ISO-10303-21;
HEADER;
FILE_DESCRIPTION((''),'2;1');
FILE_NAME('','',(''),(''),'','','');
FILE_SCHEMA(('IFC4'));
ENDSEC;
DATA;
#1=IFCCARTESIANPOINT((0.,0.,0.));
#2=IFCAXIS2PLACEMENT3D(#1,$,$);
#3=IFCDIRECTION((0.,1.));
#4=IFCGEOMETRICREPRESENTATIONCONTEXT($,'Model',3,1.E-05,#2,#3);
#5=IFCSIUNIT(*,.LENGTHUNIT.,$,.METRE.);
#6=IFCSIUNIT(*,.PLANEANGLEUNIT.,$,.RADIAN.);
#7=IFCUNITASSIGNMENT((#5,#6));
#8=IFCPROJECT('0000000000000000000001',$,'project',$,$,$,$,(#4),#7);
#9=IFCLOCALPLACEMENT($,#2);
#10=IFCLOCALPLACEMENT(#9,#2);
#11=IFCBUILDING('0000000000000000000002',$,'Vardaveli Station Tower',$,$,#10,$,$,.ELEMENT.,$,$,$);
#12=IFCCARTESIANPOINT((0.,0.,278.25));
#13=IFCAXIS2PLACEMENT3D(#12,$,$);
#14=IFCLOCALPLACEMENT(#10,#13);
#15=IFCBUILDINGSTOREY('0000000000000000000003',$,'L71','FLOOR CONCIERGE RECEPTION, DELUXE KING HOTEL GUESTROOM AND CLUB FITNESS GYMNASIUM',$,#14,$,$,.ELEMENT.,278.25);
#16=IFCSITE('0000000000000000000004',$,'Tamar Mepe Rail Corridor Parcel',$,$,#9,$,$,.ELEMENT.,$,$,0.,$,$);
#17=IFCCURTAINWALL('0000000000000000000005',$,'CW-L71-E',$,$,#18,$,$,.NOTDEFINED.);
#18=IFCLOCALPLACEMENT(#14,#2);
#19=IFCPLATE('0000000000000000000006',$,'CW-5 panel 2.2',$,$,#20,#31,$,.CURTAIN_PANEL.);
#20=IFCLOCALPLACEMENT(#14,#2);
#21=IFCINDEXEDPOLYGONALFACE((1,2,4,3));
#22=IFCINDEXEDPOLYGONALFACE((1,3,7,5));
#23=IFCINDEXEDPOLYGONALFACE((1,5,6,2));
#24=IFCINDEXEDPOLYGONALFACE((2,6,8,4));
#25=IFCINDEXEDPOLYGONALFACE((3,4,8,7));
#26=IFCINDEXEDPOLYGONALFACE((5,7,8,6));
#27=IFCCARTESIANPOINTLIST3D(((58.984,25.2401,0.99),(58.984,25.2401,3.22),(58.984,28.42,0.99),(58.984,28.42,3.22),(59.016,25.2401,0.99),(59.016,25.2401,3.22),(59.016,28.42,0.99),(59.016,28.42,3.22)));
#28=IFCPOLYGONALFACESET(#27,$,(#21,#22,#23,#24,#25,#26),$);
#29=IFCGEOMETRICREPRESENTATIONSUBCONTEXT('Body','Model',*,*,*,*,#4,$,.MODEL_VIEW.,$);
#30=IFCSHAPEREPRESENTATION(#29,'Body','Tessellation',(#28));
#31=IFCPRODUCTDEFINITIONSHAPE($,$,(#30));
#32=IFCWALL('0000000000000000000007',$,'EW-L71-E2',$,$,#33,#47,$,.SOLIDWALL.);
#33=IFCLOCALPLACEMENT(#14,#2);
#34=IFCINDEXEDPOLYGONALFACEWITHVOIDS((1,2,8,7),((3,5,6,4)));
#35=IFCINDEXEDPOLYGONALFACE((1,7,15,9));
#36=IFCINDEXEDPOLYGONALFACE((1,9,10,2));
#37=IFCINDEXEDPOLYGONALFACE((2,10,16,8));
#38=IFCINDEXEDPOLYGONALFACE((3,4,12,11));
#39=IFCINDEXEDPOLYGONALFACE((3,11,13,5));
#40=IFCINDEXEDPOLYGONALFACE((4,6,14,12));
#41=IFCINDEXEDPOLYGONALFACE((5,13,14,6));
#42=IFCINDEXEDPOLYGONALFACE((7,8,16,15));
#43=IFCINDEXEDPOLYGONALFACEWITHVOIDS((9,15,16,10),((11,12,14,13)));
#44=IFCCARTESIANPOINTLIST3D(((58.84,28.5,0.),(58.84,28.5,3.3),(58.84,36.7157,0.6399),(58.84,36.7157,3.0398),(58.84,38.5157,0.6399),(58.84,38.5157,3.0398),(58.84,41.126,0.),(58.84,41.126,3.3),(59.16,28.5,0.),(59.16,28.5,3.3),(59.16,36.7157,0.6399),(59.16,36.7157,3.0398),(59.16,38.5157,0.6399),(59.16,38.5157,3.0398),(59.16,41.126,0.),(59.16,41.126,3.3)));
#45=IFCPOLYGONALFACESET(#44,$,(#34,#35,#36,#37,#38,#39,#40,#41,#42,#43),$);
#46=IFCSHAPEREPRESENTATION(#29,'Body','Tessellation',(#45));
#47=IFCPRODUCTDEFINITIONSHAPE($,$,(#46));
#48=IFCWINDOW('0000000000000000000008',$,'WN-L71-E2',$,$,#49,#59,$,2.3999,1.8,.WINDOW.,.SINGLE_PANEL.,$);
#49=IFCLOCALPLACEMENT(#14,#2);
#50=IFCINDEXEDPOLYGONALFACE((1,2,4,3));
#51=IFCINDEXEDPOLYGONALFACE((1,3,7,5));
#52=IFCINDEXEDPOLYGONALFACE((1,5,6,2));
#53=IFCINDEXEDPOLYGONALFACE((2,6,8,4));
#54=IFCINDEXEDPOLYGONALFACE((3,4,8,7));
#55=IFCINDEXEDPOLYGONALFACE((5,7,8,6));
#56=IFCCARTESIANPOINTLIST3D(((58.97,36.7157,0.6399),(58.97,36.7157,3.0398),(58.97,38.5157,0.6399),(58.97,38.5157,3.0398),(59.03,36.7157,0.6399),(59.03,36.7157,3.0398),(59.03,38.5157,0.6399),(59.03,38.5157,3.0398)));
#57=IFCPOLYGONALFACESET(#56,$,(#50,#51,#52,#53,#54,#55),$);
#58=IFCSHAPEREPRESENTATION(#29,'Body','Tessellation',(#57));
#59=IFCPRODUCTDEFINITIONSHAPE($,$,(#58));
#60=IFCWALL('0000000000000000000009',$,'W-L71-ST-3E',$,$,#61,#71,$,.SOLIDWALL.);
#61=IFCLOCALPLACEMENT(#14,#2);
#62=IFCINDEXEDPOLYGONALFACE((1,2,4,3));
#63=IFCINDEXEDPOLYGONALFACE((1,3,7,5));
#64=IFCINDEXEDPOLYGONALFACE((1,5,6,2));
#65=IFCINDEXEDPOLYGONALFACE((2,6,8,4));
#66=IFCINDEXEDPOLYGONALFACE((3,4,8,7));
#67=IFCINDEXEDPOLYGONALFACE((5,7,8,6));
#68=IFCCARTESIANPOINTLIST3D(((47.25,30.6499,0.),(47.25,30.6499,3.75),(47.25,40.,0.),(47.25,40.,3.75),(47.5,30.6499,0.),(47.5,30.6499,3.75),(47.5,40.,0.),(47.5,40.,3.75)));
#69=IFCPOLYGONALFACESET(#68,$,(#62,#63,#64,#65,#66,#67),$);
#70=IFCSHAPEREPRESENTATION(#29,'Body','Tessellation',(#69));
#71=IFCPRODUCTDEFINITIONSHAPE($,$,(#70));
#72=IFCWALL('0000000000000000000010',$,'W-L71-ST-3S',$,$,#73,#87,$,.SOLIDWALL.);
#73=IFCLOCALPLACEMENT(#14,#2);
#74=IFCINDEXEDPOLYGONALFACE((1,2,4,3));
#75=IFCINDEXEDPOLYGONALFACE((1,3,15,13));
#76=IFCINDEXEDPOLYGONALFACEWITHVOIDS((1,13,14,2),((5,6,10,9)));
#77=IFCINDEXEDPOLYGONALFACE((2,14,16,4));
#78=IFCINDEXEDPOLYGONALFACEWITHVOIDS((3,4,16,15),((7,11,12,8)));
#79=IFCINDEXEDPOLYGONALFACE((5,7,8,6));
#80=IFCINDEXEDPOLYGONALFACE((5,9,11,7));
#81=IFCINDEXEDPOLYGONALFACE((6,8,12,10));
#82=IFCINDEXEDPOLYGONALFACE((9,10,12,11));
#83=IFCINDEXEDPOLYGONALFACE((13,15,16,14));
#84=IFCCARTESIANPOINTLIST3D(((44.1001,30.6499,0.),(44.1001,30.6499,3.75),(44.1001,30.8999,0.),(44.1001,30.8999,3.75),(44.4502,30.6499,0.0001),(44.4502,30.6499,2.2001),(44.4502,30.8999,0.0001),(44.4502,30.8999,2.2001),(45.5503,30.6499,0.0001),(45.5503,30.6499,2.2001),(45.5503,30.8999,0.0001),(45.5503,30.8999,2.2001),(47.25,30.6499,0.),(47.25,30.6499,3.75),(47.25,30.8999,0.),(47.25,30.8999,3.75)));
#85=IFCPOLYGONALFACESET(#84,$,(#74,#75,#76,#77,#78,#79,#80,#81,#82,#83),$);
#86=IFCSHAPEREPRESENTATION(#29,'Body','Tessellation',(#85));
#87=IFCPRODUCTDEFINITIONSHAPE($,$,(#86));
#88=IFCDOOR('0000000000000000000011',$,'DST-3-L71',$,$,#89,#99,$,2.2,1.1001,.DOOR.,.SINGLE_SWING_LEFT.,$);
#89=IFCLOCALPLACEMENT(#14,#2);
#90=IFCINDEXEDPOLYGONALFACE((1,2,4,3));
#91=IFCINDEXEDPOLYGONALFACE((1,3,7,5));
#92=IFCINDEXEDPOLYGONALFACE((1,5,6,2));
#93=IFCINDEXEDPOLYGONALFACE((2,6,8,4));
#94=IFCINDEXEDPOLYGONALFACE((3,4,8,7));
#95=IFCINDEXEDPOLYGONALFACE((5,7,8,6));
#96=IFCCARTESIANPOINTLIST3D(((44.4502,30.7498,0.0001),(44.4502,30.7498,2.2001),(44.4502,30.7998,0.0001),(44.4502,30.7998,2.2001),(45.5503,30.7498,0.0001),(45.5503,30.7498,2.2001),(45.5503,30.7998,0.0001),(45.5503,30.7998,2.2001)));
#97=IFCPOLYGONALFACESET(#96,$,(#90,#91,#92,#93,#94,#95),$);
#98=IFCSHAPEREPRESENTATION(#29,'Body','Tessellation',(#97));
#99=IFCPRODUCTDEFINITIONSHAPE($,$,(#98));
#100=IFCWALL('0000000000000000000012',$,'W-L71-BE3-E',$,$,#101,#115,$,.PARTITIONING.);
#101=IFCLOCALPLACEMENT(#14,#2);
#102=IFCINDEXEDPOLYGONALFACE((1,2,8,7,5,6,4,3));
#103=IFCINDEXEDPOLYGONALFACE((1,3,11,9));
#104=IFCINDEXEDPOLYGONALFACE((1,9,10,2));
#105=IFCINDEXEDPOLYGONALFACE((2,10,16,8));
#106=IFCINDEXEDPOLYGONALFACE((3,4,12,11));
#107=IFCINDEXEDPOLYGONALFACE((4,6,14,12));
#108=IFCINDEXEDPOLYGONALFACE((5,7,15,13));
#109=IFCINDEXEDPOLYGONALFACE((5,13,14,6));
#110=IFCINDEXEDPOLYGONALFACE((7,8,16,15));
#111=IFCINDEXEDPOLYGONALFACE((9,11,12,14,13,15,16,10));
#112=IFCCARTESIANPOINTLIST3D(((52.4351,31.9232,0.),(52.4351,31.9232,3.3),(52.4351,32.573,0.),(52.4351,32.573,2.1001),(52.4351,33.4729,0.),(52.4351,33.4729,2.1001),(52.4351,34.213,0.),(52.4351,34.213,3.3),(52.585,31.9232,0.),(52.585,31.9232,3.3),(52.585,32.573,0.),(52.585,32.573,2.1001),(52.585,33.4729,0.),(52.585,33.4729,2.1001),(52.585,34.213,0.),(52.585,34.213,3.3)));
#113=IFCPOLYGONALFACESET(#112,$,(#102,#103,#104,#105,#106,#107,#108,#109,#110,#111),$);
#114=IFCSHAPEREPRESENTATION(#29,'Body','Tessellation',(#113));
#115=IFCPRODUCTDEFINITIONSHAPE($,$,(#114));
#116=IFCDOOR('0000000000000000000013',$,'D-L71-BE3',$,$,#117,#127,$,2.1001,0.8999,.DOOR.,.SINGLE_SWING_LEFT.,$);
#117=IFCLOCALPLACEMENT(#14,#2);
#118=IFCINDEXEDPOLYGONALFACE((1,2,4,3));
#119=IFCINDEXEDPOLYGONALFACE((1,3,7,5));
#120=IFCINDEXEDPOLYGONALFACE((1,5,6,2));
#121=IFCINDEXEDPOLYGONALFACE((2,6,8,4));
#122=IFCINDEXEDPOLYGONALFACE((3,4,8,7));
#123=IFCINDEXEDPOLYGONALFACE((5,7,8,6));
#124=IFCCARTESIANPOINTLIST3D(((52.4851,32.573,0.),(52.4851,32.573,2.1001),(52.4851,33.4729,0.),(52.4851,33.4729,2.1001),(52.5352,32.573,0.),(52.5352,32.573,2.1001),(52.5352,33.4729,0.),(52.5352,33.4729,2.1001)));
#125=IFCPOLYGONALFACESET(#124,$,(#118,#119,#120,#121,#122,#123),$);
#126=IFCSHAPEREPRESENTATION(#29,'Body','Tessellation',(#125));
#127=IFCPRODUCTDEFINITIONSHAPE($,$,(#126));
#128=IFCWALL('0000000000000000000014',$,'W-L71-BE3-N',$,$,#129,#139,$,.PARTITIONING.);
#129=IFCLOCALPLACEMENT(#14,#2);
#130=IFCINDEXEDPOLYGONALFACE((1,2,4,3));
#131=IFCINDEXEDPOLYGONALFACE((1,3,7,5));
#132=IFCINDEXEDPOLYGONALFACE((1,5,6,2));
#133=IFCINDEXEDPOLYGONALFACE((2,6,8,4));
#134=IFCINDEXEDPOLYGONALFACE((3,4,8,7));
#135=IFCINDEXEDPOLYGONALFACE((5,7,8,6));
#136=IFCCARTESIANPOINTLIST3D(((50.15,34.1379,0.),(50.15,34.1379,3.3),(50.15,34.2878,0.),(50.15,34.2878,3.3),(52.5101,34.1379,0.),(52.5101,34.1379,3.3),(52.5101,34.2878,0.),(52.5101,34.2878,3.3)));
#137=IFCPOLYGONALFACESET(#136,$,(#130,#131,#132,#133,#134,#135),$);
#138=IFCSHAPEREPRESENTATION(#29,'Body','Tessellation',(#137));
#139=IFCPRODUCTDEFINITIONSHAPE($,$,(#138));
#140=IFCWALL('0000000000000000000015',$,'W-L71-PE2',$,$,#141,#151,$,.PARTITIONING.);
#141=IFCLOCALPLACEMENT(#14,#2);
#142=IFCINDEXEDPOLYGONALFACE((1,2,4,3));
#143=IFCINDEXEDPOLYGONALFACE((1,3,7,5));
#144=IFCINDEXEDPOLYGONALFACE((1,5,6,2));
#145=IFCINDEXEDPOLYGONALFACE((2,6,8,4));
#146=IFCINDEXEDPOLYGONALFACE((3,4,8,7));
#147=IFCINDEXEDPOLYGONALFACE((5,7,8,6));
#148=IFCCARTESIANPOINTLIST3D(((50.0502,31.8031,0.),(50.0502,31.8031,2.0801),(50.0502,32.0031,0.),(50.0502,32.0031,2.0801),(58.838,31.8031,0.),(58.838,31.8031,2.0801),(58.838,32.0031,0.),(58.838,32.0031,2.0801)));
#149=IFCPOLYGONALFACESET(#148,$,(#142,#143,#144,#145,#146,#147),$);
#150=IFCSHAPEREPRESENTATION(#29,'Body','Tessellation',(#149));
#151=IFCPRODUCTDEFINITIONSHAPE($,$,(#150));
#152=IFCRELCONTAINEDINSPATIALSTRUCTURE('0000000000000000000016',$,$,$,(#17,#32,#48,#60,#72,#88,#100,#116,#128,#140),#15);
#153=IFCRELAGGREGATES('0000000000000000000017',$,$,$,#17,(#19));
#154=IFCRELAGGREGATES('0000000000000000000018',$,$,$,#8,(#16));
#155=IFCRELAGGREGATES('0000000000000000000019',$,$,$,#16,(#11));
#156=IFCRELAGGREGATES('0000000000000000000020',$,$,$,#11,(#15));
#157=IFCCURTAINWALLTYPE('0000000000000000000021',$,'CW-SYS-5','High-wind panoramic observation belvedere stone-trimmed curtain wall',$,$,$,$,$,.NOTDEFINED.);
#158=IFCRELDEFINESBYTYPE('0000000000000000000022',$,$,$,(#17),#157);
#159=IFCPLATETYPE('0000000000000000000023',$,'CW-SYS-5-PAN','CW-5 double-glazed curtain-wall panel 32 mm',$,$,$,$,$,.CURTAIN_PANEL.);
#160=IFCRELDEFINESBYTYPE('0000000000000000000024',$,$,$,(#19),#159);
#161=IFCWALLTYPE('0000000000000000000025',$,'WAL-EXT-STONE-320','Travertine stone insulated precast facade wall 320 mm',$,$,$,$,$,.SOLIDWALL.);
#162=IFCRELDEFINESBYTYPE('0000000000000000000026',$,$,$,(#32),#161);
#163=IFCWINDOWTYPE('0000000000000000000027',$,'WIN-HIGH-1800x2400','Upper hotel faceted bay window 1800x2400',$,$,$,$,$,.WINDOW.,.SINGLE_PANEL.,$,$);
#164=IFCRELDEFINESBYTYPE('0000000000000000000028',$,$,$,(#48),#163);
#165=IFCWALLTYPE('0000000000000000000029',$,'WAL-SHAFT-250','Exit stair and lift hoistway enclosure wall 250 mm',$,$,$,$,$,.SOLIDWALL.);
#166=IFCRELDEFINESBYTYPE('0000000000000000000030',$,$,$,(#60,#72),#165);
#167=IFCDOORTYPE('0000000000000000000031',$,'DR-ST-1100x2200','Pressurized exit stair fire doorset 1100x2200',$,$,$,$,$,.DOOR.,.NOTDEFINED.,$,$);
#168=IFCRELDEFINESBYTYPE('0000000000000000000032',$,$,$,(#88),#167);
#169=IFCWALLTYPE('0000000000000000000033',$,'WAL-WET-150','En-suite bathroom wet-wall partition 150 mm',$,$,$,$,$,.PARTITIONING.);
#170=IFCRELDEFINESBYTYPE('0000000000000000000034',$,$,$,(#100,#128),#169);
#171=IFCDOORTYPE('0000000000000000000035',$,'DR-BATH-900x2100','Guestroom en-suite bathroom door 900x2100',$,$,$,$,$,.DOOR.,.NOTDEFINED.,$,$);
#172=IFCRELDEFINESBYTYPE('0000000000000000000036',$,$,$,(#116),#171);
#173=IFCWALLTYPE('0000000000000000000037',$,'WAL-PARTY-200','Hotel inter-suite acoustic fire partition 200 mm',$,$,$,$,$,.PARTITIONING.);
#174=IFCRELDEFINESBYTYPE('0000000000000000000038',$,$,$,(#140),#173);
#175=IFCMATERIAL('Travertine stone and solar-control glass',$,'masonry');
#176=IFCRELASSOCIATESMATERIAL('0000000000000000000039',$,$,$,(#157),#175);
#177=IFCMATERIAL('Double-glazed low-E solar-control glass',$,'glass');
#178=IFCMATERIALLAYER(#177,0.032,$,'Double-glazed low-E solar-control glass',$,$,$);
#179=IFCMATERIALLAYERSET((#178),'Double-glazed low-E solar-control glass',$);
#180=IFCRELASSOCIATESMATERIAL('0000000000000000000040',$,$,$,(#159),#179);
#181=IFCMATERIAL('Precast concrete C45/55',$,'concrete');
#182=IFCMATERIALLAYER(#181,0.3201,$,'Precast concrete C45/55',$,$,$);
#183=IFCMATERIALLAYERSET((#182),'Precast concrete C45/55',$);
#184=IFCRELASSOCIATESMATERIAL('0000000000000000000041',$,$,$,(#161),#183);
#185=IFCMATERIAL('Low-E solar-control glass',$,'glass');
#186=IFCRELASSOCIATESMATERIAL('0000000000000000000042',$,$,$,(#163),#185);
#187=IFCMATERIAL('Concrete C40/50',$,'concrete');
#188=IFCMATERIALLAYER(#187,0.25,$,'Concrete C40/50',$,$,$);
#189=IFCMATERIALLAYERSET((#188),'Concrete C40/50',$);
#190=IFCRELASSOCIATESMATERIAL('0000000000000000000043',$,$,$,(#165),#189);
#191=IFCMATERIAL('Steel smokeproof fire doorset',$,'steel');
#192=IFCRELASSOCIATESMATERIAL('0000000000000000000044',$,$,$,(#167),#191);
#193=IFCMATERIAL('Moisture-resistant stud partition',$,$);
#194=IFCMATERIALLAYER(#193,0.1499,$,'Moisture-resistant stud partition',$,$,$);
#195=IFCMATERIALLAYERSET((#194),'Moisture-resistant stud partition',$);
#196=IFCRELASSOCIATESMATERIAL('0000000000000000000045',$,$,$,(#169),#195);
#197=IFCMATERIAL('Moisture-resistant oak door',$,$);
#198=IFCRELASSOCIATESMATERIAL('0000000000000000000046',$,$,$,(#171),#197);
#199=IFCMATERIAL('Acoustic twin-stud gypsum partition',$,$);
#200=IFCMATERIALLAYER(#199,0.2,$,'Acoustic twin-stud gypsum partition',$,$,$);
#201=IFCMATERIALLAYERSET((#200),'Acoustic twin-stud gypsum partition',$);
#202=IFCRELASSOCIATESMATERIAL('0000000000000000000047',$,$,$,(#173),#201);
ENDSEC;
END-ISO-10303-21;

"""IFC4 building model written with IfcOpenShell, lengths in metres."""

from ifc_helpers import new_model, si_unit, direction, frame, frame_2d, origin, origin_2d, place, context, subcontext, project, spatial, rectangle, extrude, source, transform, mapped, material, layer, layer_set, type_object, element, fill, aggregate, save


model = new_model("IFC4")

# Units and contexts
model_context = context("Model", 3, precision=1e-05, world=origin(), true_north=direction((0.0, 1.0)))
body_context = subcontext(model_context, "Body", "Model", "MODEL_VIEW")
ifc_project = project(units=[si_unit("LENGTHUNIT", "METRE"), si_unit("PLANEANGLEUNIT", "RADIAN")], contexts=[model_context])

# Site, building, storey
site_placement = place(None, origin())
site = spatial("IfcSite", under=ifc_project, at=site_placement, Name="Tamar Mepe Rail Corridor Parcel", CompositionType="ELEMENT", RefElevation=0.0)
building_placement = place(site_placement, origin())
building = spatial("IfcBuilding", under=site, at=building_placement, Name="Vardaveli Station Tower", CompositionType="ELEMENT")
storey_placement = place(building_placement, frame((0.0, 0.0, 278.25)))
storey = spatial("IfcBuildingStorey", under=building, at=storey_placement, Name="L71", Description="FLOOR CONCIERGE RECEPTION, DELUXE KING HOTEL GUESTROOM AND CLUB FITNESS GYMNASIUM", CompositionType="ELEMENT", Elevation=278.25)

# Shared definitions
ifc_material_1 = material(Name="Precast concrete C45/55", Category="concrete")

# Curtain wall, plate
ifc_material_2 = material(Name="Travertine stone and solar-control glass", Category="masonry")
curtain_wall_type = type_object("IfcCurtainWallType", Name="CW-SYS-5", Description="High-wind panoramic observation belvedere stone-trimmed curtain wall", PredefinedType="NOTDEFINED", material=ifc_material_2)
curtain_wall_placement = place(storey_placement, origin())
curtain_wall = element("IfcCurtainWall", 1, at=curtain_wall_placement, inside=storey, type_object=curtain_wall_type, Name="CW-L71-E", PredefinedType="NOTDEFINED")
ifc_material_3 = material(Name="Double-glazed low-E solar-control glass", Category="glass")
ifc_layer_1 = layer(ifc_material_3, 0.032, Name="Double-glazed low-E solar-control glass")
ifc_layer_set_1 = layer_set([ifc_layer_1], Name="Double-glazed low-E solar-control glass")
plate_type = type_object("IfcPlateType", Name="CW-SYS-5-PAN", Description="CW-5 double-glazed curtain-wall panel 32 mm", PredefinedType="CURTAIN_PANEL", material=ifc_layer_set_1)
shared_shape_1 = source(origin(), body_context, "Body", "SweptSolid", [
    extrude(rectangle(XDim=3.1799, YDim=0.032, at=origin_2d()), origin(), (0.0, 0.0, 1.0), 2.23),
])
plate_1_placement = place(storey_placement, frame((59.0, 26.8301, 0.99), z_axis=(0.0, 0.0, 1.0), x_axis=(0.0, 1.0, 0.0)))
plate_1 = element("IfcPlate", 2, at=plate_1_placement, type_object=plate_type, Name="CW-5 panel 2.2", PredefinedType="CURTAIN_PANEL", context=body_context, shape_type="MappedRepresentation", body=[
    mapped(shared_shape_1, transform((0.0, 0.0, 0.0), scale=1.0)),
])
aggregate(curtain_wall, [plate_1])

# Wall, opening, window
ifc_layer_2 = layer(ifc_material_1, 0.3201, Name="Precast concrete C45/55")
ifc_layer_set_2 = layer_set([ifc_layer_2], Name="Precast concrete C45/55")
wall_type_1 = type_object("IfcWallType", Name="WAL-EXT-STONE-320", Description="Travertine stone insulated precast facade wall 320 mm", PredefinedType="SOLIDWALL", material=ifc_layer_set_2)
shared_shape_2 = source(origin(), body_context, "Body", "SweptSolid", [
    extrude(rectangle(XDim=12.626, YDim=0.3201, at=frame_2d((6.313, 0.0))), origin(), (0.0, 0.0, 1.0), 3.3),
])
wall_1_placement = place(storey_placement, frame((59.0, 28.5, 0.0), z_axis=(0.0, 0.0, 1.0), x_axis=(0.0, 1.0, 0.0)))
wall_1 = element("IfcWall", 3, at=wall_1_placement, inside=storey, type_object=wall_type_1, Name="EW-L71-E2", PredefinedType="SOLIDWALL", context=body_context, shape_type="MappedRepresentation", body=[
    mapped(shared_shape_2, transform((0.0, 0.0, 0.0), scale=1.0)),
])
shared_shape_3 = source(origin(), body_context, "Body", "SweptSolid", [
    extrude(rectangle(XDim=1.8, YDim=2.3999, at=frame_2d((0.8999, 1.2))), frame((0.0, 0.1699, 0.0), z_axis=(0.0, -1.0, 0.0), x_axis=(1.0, 0.0, 0.0)), (0.0, 0.0, 1.0), 0.3401),
])
opening_1_placement = place(wall_1_placement, frame((8.2158, 0.0, 0.6399)))
opening_1 = element("IfcOpeningElement", 4, at=opening_1_placement, cuts=wall_1, PredefinedType="OPENING", context=body_context, shape_type="MappedRepresentation", body=[
    mapped(shared_shape_3, transform((0.0, 0.0, 0.0), scale=1.0)),
])
ifc_material_4 = material(Name="Low-E solar-control glass", Category="glass")
window_type = type_object("IfcWindowType", Name="WIN-HIGH-1800x2400", Description="Upper hotel faceted bay window 1800x2400", PartitioningType="SINGLE_PANEL", PredefinedType="WINDOW", material=ifc_material_4)
shared_shape_4 = source(origin(), body_context, "Body", "SweptSolid", [
    extrude(rectangle(XDim=1.8, YDim=2.3999, at=frame_2d((0.8999, 1.2))), frame((0.0, 0.03, 0.0), z_axis=(0.0, -1.0, 0.0), x_axis=(1.0, 0.0, 0.0)), (0.0, 0.0, 1.0), 0.0601),
])
window_placement = place(opening_1_placement, origin())
window = element("IfcWindow", 5, at=window_placement, inside=storey, type_object=window_type, Name="WN-L71-E2", OverallHeight=2.3999, OverallWidth=1.8, PartitioningType="SINGLE_PANEL", PredefinedType="WINDOW", context=body_context, shape_type="MappedRepresentation", body=[
    mapped(shared_shape_4, transform((0.0, 0.0, 0.0), scale=1.0)),
])
fill(opening_1, window)

# Wall
ifc_material_5 = material(Name="Concrete C40/50", Category="concrete")
ifc_layer_3 = layer(ifc_material_5, 0.25, Name="Concrete C40/50")
ifc_layer_set_3 = layer_set([ifc_layer_3], Name="Concrete C40/50")
wall_type_2 = type_object("IfcWallType", Name="WAL-SHAFT-250", Description="Exit stair and lift hoistway enclosure wall 250 mm", PredefinedType="SOLIDWALL", material=ifc_layer_set_3)
shared_shape_5 = source(origin(), body_context, "Body", "SweptSolid", [
    extrude(rectangle(XDim=9.3501, YDim=0.25, at=frame_2d((4.675, 0.0))), origin(), (0.0, 0.0, 1.0), 3.75),
])
wall_2_placement = place(storey_placement, frame((47.375, 30.6499, 0.0), z_axis=(0.0, 0.0, 1.0), x_axis=(0.0, 1.0, 0.0)))
element("IfcWall", 6, at=wall_2_placement, inside=storey, type_object=wall_type_2, Name="W-L71-ST-3E", PredefinedType="SOLIDWALL", context=body_context, shape_type="MappedRepresentation", body=[
    mapped(shared_shape_5, transform((0.0, 0.0, 0.0), scale=1.0)),
])

# Walls, openings, doors
shared_shape_6 = source(origin(), body_context, "Body", "SweptSolid", [
    extrude(rectangle(XDim=3.1499, YDim=0.25, at=frame_2d((1.575, 0.0))), origin(), (0.0, 0.0, 1.0), 3.75),
])
wall_3_placement = place(storey_placement, frame((44.1001, 30.7749, 0.0), z_axis=(0.0, 0.0, 1.0), x_axis=(1.0, 0.0, 0.0)))
wall_3 = element("IfcWall", 7, at=wall_3_placement, inside=storey, type_object=wall_type_2, Name="W-L71-ST-3S", PredefinedType="SOLIDWALL", context=body_context, shape_type="MappedRepresentation", body=[
    mapped(shared_shape_6, transform((0.0, 0.0, 0.0), scale=1.0)),
])
shared_shape_7 = source(origin(), body_context, "Body", "SweptSolid", [
    extrude(rectangle(XDim=1.1001, YDim=2.2, at=frame_2d((0.55, 1.1001))), frame((0.0, 0.135, 0.0), z_axis=(0.0, -1.0, 0.0), x_axis=(1.0, 0.0, 0.0)), (0.0, 0.0, 1.0), 0.27),
])
opening_2_placement = place(wall_3_placement, frame((0.3501, 0.0, 0.0)))
opening_2 = element("IfcOpeningElement", 8, at=opening_2_placement, cuts=wall_3, PredefinedType="OPENING", context=body_context, shape_type="MappedRepresentation", body=[
    mapped(shared_shape_7, transform((0.0, 0.0, 0.0), scale=1.0)),
])
ifc_material_6 = material(Name="Steel smokeproof fire doorset", Category="steel")
door_type_1 = type_object("IfcDoorType", Name="DR-ST-1100x2200", Description="Pressurized exit stair fire doorset 1100x2200", OperationType="NOTDEFINED", PredefinedType="DOOR", material=ifc_material_6)
shared_shape_8 = source(origin(), body_context, "Body", "SweptSolid", [
    extrude(rectangle(XDim=1.1001, YDim=2.2, at=frame_2d((0.55, 1.1001))), frame((0.0, 0.0249, 0.0), z_axis=(0.0, -1.0, 0.0), x_axis=(1.0, 0.0, 0.0)), (0.0, 0.0, 1.0), 0.05),
])
door_1_placement = place(opening_2_placement, origin())
door_1 = element("IfcDoor", 9, at=door_1_placement, inside=storey, type_object=door_type_1, Name="DST-3-L71", OperationType="SINGLE_SWING_LEFT", OverallHeight=2.2, OverallWidth=1.1001, PredefinedType="DOOR", context=body_context, shape_type="MappedRepresentation", body=[
    mapped(shared_shape_8, transform((0.0, 0.0, 0.0), scale=1.0)),
])
fill(opening_2, door_1)
ifc_material_7 = material(Name="Moisture-resistant stud partition")
ifc_layer_4 = layer(ifc_material_7, 0.1499, Name="Moisture-resistant stud partition")
ifc_layer_set_4 = layer_set([ifc_layer_4], Name="Moisture-resistant stud partition")
wall_type_3 = type_object("IfcWallType", Name="WAL-WET-150", Description="En-suite bathroom wet-wall partition 150 mm", PredefinedType="PARTITIONING", material=ifc_layer_set_4)
shared_shape_9 = source(origin(), body_context, "Body", "SweptSolid", [
    extrude(rectangle(XDim=2.2898, YDim=0.1499, at=frame_2d((1.145, 0.0))), origin(), (0.0, 0.0, 1.0), 3.3),
])
wall_4_placement = place(storey_placement, frame((52.51, 31.9231, 0.0), z_axis=(0.0, 0.0, 1.0), x_axis=(0.0, 1.0, 0.0)))
wall_4 = element("IfcWall", 10, at=wall_4_placement, inside=storey, type_object=wall_type_3, Name="W-L71-BE3-E", PredefinedType="PARTITIONING", context=body_context, shape_type="MappedRepresentation", body=[
    mapped(shared_shape_9, transform((0.0, 0.0, 0.0), scale=1.0)),
])
shared_shape_10 = source(origin(), body_context, "Body", "SweptSolid", [
    extrude(rectangle(XDim=0.8999, YDim=2.1001, at=frame_2d((0.45, 1.05))), frame((0.0, 0.085, 0.0), z_axis=(0.0, -1.0, 0.0), x_axis=(1.0, 0.0, 0.0)), (0.0, 0.0, 1.0), 0.1699),
])
opening_3_placement = place(wall_4_placement, frame((0.6499, 0.0, 0.0)))
opening_3 = element("IfcOpeningElement", 11, at=opening_3_placement, cuts=wall_4, PredefinedType="OPENING", context=body_context, shape_type="MappedRepresentation", body=[
    mapped(shared_shape_10, transform((0.0, 0.0, 0.0), scale=1.0)),
])
ifc_material_8 = material(Name="Moisture-resistant oak door")
door_type_2 = type_object("IfcDoorType", Name="DR-BATH-900x2100", Description="Guestroom en-suite bathroom door 900x2100", OperationType="NOTDEFINED", PredefinedType="DOOR", material=ifc_material_8)
shared_shape_11 = source(origin(), body_context, "Body", "SweptSolid", [
    extrude(rectangle(XDim=0.8999, YDim=2.1001, at=frame_2d((0.45, 1.05))), frame((0.0, 0.0249, 0.0), z_axis=(0.0, -1.0, 0.0), x_axis=(1.0, 0.0, 0.0)), (0.0, 0.0, 1.0), 0.05),
])
door_2_placement = place(opening_3_placement, origin())
door_2 = element("IfcDoor", 12, at=door_2_placement, inside=storey, type_object=door_type_2, Name="D-L71-BE3", OperationType="SINGLE_SWING_LEFT", OverallHeight=2.1001, OverallWidth=0.8999, PredefinedType="DOOR", context=body_context, shape_type="MappedRepresentation", body=[
    mapped(shared_shape_11, transform((0.0, 0.0, 0.0), scale=1.0)),
])
fill(opening_3, door_2)

# Walls
shared_shape_12 = source(origin(), body_context, "Body", "SweptSolid", [
    extrude(rectangle(XDim=2.3601, YDim=0.1499, at=frame_2d((1.1802, 0.0))), origin(), (0.0, 0.0, 1.0), 3.3),
])
wall_5_placement = place(storey_placement, frame((50.1499, 34.2129, 0.0), z_axis=(0.0, 0.0, 1.0), x_axis=(1.0, 0.0, 0.0)))
element("IfcWall", 13, at=wall_5_placement, inside=storey, type_object=wall_type_3, Name="W-L71-BE3-N", PredefinedType="PARTITIONING", context=body_context, shape_type="MappedRepresentation", body=[
    mapped(shared_shape_12, transform((0.0, 0.0, 0.0), scale=1.0)),
])
ifc_material_9 = material(Name="Acoustic twin-stud gypsum partition")
ifc_layer_5 = layer(ifc_material_9, 0.2, Name="Acoustic twin-stud gypsum partition")
ifc_layer_set_5 = layer_set([ifc_layer_5], Name="Acoustic twin-stud gypsum partition")
wall_type_4 = type_object("IfcWallType", Name="WAL-PARTY-200", Description="Hotel inter-suite acoustic fire partition 200 mm", PredefinedType="PARTITIONING", material=ifc_layer_set_5)
shared_shape_13 = source(origin(), body_context, "Body", "SweptSolid", [
    extrude(rectangle(XDim=8.7878, YDim=0.2, at=frame_2d((4.394, 0.0))), origin(), (0.0, 0.0, 1.0), 2.0801),
])
wall_6_placement = place(storey_placement, frame((50.05, 31.9031, 0.0), z_axis=(0.0, 0.0, 1.0), x_axis=(1.0, 0.0, 0.0)))
element("IfcWall", 14, at=wall_6_placement, inside=storey, type_object=wall_type_4, Name="W-L71-PE2", PredefinedType="PARTITIONING", context=body_context, shape_type="MappedRepresentation", body=[
    mapped(shared_shape_13, transform((0.0, 0.0, 0.0), scale=1.0)),
])

save(model, "model.ifc")
